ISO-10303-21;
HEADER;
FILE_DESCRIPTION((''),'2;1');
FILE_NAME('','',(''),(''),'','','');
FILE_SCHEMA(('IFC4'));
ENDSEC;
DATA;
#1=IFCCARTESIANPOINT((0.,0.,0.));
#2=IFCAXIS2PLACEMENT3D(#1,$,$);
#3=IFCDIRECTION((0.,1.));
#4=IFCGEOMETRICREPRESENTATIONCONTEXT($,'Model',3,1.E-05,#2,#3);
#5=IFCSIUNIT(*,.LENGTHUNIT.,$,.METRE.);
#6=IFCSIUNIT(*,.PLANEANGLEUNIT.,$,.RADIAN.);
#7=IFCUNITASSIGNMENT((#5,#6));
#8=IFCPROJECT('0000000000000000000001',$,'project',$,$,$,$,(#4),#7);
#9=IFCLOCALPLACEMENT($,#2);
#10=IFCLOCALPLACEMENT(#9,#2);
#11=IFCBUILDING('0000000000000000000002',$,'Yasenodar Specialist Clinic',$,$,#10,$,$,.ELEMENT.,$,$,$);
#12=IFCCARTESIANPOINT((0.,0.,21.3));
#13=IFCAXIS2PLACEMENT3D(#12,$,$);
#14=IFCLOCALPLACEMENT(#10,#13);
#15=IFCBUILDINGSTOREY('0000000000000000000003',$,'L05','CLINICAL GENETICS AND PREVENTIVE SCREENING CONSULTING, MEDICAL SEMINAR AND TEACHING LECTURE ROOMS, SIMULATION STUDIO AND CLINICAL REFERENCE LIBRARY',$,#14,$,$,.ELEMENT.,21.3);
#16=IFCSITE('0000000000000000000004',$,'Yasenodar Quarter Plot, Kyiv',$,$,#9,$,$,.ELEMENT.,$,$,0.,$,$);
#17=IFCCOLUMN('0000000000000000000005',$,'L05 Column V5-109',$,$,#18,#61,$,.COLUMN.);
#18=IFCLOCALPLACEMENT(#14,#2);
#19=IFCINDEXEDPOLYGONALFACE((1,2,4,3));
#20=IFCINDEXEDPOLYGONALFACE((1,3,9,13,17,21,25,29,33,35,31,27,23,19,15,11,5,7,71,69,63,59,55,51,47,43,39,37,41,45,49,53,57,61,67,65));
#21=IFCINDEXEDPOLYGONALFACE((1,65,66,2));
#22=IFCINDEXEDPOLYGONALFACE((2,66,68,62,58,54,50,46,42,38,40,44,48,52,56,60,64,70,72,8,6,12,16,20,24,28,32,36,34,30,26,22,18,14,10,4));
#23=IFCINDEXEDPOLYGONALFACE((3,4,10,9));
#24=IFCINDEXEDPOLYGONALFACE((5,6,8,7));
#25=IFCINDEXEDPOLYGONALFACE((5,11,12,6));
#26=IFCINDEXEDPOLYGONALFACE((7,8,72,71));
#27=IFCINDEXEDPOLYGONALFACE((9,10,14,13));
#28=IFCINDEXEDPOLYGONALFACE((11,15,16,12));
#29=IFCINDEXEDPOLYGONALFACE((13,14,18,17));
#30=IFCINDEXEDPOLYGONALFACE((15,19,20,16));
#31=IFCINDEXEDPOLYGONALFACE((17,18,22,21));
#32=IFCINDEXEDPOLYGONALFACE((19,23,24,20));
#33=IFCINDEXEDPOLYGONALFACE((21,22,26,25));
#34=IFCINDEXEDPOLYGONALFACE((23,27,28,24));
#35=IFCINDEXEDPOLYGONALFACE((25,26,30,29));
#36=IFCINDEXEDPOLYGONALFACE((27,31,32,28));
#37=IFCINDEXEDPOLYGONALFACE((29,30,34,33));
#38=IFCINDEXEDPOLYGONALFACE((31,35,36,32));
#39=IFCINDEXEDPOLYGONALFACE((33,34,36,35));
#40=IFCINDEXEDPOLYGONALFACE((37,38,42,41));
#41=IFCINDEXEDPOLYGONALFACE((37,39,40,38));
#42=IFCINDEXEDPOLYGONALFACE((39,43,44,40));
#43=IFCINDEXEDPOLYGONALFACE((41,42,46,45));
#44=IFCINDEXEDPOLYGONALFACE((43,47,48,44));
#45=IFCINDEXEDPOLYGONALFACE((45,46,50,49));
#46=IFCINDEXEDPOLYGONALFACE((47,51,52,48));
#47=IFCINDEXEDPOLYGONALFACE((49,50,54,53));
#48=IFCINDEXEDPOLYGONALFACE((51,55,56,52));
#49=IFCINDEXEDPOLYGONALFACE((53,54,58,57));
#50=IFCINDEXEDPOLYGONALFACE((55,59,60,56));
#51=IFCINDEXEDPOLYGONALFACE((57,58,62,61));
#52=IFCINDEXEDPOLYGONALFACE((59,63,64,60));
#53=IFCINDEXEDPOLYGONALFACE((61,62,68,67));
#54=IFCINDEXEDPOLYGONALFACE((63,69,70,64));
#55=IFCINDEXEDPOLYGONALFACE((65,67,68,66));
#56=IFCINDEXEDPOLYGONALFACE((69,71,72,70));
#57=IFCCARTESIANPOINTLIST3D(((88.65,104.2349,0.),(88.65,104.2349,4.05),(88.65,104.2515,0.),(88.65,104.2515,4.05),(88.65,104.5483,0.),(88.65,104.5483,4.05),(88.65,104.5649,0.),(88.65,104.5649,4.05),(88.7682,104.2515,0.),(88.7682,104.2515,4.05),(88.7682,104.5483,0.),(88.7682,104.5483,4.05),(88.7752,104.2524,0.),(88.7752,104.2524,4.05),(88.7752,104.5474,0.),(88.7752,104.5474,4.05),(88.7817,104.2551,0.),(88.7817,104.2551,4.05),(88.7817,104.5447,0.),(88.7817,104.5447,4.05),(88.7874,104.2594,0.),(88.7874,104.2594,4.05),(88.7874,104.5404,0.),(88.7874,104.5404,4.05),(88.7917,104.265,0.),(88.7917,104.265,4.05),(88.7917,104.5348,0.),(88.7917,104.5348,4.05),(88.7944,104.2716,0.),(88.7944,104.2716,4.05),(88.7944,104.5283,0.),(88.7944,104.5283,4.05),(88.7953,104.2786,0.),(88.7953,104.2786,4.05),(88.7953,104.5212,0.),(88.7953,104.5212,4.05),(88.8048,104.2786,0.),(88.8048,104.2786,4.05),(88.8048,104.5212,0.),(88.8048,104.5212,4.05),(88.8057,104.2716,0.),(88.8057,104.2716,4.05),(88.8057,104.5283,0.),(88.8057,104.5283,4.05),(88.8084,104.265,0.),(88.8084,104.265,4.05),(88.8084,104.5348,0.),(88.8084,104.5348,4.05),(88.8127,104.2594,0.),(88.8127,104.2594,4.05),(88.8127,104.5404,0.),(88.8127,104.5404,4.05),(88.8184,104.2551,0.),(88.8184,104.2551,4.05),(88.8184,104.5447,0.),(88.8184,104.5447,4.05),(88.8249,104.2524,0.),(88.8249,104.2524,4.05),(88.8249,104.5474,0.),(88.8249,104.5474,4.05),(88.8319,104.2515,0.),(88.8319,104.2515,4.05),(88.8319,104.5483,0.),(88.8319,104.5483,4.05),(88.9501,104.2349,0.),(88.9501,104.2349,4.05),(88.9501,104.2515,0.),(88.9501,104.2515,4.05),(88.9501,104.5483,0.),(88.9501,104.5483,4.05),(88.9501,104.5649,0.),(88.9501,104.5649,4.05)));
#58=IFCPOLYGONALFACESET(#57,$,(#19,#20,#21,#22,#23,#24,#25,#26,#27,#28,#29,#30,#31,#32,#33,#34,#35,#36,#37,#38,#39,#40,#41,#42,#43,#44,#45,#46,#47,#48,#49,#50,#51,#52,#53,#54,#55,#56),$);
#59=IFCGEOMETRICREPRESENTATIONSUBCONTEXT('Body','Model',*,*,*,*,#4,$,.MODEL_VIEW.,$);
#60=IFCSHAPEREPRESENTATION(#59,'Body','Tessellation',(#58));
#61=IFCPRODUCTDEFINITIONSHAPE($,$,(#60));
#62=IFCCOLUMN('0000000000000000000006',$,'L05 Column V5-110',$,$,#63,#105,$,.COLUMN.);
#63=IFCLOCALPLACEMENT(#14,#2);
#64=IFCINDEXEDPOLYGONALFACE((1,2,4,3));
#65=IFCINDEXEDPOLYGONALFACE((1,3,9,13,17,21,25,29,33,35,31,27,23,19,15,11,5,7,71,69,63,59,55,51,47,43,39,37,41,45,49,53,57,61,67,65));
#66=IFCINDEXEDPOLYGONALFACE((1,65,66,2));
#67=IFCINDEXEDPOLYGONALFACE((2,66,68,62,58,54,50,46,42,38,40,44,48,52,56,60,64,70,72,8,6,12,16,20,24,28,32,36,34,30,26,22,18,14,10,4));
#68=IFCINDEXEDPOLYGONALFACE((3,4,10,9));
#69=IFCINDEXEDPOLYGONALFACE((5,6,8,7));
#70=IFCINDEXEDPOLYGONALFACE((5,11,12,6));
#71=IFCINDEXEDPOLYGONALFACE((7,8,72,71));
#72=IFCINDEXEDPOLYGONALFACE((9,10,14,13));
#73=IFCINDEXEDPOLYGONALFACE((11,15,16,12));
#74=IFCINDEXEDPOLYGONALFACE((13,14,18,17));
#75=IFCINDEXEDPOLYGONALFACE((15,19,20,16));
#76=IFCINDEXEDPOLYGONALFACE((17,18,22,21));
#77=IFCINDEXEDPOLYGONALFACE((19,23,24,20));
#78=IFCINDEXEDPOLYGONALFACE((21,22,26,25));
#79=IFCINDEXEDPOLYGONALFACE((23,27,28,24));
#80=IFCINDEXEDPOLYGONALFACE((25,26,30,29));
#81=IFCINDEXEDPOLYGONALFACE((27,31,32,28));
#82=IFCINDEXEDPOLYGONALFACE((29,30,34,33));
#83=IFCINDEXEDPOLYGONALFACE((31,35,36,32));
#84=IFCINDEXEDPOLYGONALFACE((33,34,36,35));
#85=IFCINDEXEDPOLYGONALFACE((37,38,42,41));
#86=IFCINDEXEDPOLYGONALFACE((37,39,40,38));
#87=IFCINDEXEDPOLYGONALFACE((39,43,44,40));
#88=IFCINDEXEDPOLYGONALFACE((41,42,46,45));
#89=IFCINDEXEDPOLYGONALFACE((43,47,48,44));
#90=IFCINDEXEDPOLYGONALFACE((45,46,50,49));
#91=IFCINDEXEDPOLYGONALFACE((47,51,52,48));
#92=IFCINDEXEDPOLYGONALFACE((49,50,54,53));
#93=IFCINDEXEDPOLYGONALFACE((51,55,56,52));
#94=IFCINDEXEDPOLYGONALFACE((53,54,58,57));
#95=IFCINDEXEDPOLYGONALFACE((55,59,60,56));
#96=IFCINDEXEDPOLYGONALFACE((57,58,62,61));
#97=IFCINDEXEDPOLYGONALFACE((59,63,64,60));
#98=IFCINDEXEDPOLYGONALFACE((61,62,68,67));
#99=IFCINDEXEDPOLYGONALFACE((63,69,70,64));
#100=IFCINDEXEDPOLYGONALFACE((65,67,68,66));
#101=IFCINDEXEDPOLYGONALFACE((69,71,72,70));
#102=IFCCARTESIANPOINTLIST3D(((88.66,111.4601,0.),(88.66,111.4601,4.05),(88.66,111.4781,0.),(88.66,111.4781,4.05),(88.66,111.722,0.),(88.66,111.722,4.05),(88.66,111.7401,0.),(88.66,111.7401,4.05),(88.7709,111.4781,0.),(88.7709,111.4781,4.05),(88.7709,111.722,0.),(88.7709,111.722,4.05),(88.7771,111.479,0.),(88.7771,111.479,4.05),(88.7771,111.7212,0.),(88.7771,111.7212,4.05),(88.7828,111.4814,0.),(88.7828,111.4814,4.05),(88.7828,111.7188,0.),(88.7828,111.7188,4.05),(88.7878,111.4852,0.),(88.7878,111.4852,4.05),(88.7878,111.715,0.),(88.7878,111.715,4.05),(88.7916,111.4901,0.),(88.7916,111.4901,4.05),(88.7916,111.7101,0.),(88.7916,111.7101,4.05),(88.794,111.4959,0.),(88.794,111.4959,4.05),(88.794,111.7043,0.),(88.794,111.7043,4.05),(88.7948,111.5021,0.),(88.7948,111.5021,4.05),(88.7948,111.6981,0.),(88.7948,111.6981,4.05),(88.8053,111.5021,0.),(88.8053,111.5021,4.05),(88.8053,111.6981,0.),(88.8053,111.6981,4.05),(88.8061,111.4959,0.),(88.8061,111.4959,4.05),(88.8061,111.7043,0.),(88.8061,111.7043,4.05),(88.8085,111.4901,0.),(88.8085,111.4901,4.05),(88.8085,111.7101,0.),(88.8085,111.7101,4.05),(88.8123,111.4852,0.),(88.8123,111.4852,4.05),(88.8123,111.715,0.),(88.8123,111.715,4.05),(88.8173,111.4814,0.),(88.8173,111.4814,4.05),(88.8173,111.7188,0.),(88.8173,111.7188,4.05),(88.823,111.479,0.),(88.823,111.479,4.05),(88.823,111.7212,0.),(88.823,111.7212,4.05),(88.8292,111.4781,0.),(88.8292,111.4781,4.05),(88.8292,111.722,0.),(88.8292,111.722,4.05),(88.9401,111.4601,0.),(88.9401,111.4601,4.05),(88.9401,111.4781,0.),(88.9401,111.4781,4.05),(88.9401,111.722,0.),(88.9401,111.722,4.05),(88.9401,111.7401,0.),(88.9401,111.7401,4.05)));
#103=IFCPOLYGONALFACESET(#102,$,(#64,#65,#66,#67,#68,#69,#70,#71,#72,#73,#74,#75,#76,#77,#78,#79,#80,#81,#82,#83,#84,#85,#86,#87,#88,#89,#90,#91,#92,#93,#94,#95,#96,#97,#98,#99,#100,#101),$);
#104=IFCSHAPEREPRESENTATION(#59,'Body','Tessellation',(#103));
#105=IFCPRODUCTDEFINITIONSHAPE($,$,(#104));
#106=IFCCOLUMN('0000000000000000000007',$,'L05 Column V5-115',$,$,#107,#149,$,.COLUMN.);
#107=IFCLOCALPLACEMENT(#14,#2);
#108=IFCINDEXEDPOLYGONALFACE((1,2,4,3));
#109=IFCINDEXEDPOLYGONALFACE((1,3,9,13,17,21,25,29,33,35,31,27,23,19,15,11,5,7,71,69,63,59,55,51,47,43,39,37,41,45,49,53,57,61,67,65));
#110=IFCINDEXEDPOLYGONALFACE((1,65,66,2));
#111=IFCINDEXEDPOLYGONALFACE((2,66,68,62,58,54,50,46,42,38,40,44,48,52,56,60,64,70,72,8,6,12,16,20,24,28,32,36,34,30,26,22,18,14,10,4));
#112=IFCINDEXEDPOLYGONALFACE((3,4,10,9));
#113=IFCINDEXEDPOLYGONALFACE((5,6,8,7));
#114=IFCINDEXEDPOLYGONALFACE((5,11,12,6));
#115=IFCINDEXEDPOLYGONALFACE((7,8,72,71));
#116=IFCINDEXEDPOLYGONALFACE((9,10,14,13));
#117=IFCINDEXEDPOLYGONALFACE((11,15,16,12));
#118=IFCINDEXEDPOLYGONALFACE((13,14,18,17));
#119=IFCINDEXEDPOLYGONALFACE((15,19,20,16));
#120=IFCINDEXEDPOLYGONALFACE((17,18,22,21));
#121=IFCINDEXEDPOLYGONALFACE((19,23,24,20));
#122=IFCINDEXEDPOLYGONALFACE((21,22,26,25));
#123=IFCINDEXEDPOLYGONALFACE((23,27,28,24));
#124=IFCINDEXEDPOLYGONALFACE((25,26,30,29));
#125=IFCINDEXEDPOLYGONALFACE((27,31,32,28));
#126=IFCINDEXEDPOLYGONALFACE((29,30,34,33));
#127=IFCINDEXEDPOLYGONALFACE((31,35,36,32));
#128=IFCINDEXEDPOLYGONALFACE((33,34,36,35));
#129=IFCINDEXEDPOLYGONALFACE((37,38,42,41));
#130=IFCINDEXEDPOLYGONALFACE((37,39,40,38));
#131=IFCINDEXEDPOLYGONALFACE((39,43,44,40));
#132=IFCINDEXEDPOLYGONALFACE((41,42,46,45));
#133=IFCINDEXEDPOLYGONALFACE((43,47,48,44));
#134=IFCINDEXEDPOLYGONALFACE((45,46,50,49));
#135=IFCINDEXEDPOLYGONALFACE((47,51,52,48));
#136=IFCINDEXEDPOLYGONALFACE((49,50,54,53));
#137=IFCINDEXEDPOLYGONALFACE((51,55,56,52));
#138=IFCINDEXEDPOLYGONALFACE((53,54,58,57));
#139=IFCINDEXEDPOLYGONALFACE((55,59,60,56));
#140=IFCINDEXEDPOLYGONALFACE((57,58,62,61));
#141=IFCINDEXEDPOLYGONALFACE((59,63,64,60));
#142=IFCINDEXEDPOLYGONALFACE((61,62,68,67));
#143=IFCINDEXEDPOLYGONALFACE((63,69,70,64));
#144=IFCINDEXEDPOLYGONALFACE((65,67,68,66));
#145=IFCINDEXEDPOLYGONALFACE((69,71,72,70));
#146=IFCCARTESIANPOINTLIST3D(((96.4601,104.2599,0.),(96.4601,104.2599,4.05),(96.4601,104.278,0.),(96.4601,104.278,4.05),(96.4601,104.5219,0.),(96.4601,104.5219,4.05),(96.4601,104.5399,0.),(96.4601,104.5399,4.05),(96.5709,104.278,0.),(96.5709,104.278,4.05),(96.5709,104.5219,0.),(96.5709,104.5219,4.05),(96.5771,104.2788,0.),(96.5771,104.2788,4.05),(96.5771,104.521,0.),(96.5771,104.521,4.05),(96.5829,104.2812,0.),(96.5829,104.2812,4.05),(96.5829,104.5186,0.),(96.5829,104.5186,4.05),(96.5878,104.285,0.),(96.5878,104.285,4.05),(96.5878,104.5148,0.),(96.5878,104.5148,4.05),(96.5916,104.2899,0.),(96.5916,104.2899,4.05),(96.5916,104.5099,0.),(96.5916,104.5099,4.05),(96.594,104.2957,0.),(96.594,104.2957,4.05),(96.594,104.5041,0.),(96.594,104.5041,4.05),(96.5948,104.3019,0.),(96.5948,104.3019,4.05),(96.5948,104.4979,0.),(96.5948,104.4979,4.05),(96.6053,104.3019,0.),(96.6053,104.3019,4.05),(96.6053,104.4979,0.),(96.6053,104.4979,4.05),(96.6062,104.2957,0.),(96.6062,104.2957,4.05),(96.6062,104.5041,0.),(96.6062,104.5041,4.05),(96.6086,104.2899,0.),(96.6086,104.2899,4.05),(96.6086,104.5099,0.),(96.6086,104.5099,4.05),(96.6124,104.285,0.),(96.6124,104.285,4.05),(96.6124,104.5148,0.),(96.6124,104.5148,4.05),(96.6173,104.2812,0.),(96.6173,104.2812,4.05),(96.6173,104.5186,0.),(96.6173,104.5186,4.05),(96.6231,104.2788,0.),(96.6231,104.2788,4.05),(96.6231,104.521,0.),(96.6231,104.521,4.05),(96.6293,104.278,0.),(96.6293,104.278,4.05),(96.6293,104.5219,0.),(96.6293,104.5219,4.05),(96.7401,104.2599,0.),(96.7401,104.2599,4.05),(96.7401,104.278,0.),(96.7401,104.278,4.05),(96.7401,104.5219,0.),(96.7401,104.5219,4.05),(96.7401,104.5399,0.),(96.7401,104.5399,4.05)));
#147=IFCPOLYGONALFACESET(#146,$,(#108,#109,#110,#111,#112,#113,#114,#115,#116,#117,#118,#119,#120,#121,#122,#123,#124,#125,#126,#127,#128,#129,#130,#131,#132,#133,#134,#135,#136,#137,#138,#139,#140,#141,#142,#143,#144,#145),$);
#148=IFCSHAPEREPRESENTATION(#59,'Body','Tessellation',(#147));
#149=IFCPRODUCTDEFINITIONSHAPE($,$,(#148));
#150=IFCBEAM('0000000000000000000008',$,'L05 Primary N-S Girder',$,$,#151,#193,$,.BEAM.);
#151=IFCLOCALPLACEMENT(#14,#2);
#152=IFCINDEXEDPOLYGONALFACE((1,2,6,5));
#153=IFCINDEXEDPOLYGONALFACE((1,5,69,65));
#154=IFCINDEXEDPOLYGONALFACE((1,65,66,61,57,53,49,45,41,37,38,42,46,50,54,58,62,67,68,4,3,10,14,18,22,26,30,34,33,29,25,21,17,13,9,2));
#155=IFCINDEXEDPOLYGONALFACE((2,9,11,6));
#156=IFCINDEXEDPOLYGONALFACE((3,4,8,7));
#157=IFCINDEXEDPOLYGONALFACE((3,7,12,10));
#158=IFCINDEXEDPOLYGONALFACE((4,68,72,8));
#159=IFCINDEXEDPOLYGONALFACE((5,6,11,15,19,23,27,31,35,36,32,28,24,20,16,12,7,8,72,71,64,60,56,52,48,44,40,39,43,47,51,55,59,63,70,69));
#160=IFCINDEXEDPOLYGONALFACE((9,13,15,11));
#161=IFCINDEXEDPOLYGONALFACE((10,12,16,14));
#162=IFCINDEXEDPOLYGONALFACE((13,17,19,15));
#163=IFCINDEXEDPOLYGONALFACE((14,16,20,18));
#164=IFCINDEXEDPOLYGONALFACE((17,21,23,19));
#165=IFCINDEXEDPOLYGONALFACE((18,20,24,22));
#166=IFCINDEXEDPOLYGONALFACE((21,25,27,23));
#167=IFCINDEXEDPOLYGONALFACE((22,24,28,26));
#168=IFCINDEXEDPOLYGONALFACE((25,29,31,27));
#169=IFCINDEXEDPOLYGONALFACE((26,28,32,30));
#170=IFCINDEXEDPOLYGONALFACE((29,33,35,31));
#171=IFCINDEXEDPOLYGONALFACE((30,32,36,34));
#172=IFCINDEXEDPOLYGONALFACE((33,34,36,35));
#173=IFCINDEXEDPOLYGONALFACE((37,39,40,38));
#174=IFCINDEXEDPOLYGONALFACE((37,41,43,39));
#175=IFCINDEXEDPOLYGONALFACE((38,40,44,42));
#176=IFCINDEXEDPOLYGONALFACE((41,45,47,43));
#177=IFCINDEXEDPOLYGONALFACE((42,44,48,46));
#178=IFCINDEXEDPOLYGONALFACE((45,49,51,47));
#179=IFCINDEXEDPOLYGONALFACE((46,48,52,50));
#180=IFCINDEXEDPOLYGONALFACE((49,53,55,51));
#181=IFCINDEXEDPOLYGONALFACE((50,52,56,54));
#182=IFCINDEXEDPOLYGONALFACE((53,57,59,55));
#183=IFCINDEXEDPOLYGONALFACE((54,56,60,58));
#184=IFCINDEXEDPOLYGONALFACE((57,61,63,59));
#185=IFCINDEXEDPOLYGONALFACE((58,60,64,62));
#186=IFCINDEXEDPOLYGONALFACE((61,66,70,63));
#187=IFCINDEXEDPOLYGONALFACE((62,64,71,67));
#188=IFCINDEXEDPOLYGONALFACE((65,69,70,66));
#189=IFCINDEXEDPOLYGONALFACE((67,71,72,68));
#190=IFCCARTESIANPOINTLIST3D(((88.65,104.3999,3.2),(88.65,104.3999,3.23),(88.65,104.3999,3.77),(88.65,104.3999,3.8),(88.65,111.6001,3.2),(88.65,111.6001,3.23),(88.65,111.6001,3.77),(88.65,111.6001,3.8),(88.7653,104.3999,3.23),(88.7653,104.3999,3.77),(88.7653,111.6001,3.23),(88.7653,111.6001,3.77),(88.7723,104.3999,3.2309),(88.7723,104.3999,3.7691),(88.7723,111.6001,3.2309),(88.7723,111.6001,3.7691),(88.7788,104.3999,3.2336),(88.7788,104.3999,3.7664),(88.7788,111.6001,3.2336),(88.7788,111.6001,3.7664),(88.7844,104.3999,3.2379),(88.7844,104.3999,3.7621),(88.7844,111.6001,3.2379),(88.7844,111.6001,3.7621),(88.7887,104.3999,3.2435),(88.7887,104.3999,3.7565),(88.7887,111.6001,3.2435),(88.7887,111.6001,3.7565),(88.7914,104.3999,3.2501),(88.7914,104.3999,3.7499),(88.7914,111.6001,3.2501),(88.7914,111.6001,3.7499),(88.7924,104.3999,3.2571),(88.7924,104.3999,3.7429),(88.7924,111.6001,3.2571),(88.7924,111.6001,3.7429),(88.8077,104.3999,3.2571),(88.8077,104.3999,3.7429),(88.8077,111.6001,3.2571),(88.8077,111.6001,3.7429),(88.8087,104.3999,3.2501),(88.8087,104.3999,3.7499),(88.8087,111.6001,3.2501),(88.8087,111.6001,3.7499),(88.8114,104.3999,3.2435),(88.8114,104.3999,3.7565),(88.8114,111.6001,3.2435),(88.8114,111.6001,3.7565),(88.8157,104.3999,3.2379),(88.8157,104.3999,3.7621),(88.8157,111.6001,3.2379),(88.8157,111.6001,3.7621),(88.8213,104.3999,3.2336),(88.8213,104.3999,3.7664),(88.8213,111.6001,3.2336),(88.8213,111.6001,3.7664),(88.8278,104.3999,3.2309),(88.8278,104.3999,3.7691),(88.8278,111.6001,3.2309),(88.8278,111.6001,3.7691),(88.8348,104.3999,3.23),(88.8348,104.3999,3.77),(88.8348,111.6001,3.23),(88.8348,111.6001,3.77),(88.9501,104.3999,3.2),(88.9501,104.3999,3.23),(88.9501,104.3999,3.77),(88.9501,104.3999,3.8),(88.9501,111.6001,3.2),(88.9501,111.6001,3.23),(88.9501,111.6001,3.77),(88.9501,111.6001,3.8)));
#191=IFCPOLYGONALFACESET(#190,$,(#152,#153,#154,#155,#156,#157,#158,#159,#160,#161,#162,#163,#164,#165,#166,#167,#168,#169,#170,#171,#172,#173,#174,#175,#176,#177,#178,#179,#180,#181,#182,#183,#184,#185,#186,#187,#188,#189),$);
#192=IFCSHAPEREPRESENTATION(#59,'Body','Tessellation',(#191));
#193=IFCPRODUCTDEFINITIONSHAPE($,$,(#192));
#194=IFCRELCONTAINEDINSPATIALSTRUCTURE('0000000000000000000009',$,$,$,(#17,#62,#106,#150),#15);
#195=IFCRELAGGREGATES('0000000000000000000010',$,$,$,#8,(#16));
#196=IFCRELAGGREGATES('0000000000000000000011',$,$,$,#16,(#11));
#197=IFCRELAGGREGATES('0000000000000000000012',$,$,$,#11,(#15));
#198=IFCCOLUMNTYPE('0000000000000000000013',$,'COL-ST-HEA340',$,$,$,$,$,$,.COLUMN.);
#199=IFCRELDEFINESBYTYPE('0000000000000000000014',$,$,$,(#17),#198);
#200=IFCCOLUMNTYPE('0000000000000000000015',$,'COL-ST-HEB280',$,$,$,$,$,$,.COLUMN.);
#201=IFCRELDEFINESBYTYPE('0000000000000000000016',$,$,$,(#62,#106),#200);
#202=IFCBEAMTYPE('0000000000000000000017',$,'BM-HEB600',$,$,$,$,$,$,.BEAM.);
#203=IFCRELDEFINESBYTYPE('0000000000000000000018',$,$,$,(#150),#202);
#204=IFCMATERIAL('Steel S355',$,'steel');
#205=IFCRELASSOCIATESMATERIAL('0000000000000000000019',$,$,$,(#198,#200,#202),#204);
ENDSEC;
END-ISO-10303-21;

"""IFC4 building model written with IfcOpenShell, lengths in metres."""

from ifc_helpers import new_model, si_unit, direction, frame, origin, origin_2d, place, context, subcontext, project, spatial, i_section, extrude, material, material_profile, profile_set, type_object, element, save


model = new_model("IFC4")

# Units and contexts
model_context = context("Model", 3, precision=1e-05, world=origin(), true_north=direction((0.0, 1.0)))
body_context = subcontext(model_context, "Body", "Model", "MODEL_VIEW")
ifc_project = project(units=[si_unit("LENGTHUNIT", "METRE"), si_unit("PLANEANGLEUNIT", "RADIAN")], contexts=[model_context])

# Site, building, storey
site_placement = place(None, origin())
site = spatial("IfcSite", under=ifc_project, at=site_placement, Name="Yasenodar Quarter Plot, Kyiv", CompositionType="ELEMENT", RefElevation=0.0)
building_placement = place(site_placement, origin())
building = spatial("IfcBuilding", under=site, at=building_placement, Name="Yasenodar Specialist Clinic", CompositionType="ELEMENT")
storey_placement = place(building_placement, frame((0.0, 0.0, 21.3)))
storey = spatial("IfcBuildingStorey", under=building, at=storey_placement, Name="L05", Description="CLINICAL GENETICS AND PREVENTIVE SCREENING CONSULTING, MEDICAL SEMINAR AND TEACHING LECTURE ROOMS, SIMULATION STUDIO AND CLINICAL REFERENCE LIBRARY", CompositionType="ELEMENT", Elevation=21.3)

# Columns
ifc_material_1 = material(Name="Steel S355", Category="steel")
ifc_material_profile_1 = material_profile(ifc_material_1, i_section(OverallWidth=0.3, OverallDepth=0.3301, WebThickness=0.0095, FlangeThickness=0.0166, FilletRadius=0.0271, at=origin_2d()), Name="HEA 340")
ifc_profile_set_1 = profile_set([ifc_material_profile_1], Name="Steel S355")
column_type_1 = type_object("IfcColumnType", Name="COL-ST-HEA340", PredefinedType="COLUMN", material=ifc_profile_set_1)
column_placement = place(storey_placement, frame((88.8, 104.3999, 0.0), z_axis=(0.0, 0.0, 1.0), x_axis=(1.0, 0.0, 0.0)))
element("IfcColumn", 1, at=column_placement, inside=storey, type_object=column_type_1, Name="L05 Column V5-109", PredefinedType="COLUMN", context=body_context, shape_type="SweptSolid", body=[
    extrude(i_section(OverallWidth=0.3, OverallDepth=0.3301, WebThickness=0.0095, FlangeThickness=0.0166, FilletRadius=0.0271, at=origin_2d()), origin(), (0.0, 0.0, 1.0), 4.05),
])
ifc_material_profile_2 = material_profile(ifc_material_1, i_section(OverallWidth=0.28, OverallDepth=0.28, WebThickness=0.0105, FlangeThickness=0.0181, FilletRadius=0.0239, at=origin_2d()), Name="HEB 280")
ifc_profile_set_2 = profile_set([ifc_material_profile_2], Name="Steel S355")
column_type_2 = type_object("IfcColumnType", Name="COL-ST-HEB280", PredefinedType="COLUMN", material=ifc_profile_set_2)
for number, where, z_axis, x_axis, name in (
    (2, (88.8, 111.6001, 0.0), (0.0, 0.0, 1.0), (1.0, 0.0, 0.0), "L05 Column V5-110"),
    (3, (96.6001, 104.3999, 0.0), (0.0, 0.0, 1.0), (1.0, 0.0, 0.0), "L05 Column V5-115"),
):
    element("IfcColumn", number, at=place(storey_placement, frame(where, z_axis=z_axis, x_axis=x_axis)), inside=storey, type_object=column_type_2, Name=name, PredefinedType="COLUMN", context=body_context, shape_type="SweptSolid", body=[
        extrude(i_section(OverallWidth=0.28, OverallDepth=0.28, WebThickness=0.0105, FlangeThickness=0.0181, FilletRadius=0.0239, at=origin_2d()), origin(), (0.0, 0.0, 1.0), 4.05),
    ])

# Beam
ifc_material_profile_3 = material_profile(ifc_material_1, i_section(OverallWidth=0.3, OverallDepth=0.6001, WebThickness=0.0154, FlangeThickness=0.03, FilletRadius=0.0271, at=origin_2d()), Name="HEB 600")
ifc_profile_set_3 = profile_set([ifc_material_profile_3], Name="Steel S355")
beam_type_1 = type_object("IfcBeamType", Name="BM-HEB600", PredefinedType="BEAM", material=ifc_profile_set_3)
beam_1_placement = place(storey_placement, frame((88.8, 104.3999, 3.5), z_axis=(0.0, 1.0, 0.0), x_axis=(-1.0, 0.0, 0.0)))
element("IfcBeam", 4, at=beam_1_placement, inside=storey, type_object=beam_type_1, Name="L05 Primary N-S Girder", PredefinedType="BEAM", context=body_context, shape_type="SweptSolid", body=[
    extrude(i_section(OverallWidth=0.3, OverallDepth=0.6001, WebThickness=0.0154, FlangeThickness=0.03, FilletRadius=0.0271, at=origin_2d()), origin(), (0.0, 0.0, 1.0), 7.2002),
])

save(model, "model.ifc")
